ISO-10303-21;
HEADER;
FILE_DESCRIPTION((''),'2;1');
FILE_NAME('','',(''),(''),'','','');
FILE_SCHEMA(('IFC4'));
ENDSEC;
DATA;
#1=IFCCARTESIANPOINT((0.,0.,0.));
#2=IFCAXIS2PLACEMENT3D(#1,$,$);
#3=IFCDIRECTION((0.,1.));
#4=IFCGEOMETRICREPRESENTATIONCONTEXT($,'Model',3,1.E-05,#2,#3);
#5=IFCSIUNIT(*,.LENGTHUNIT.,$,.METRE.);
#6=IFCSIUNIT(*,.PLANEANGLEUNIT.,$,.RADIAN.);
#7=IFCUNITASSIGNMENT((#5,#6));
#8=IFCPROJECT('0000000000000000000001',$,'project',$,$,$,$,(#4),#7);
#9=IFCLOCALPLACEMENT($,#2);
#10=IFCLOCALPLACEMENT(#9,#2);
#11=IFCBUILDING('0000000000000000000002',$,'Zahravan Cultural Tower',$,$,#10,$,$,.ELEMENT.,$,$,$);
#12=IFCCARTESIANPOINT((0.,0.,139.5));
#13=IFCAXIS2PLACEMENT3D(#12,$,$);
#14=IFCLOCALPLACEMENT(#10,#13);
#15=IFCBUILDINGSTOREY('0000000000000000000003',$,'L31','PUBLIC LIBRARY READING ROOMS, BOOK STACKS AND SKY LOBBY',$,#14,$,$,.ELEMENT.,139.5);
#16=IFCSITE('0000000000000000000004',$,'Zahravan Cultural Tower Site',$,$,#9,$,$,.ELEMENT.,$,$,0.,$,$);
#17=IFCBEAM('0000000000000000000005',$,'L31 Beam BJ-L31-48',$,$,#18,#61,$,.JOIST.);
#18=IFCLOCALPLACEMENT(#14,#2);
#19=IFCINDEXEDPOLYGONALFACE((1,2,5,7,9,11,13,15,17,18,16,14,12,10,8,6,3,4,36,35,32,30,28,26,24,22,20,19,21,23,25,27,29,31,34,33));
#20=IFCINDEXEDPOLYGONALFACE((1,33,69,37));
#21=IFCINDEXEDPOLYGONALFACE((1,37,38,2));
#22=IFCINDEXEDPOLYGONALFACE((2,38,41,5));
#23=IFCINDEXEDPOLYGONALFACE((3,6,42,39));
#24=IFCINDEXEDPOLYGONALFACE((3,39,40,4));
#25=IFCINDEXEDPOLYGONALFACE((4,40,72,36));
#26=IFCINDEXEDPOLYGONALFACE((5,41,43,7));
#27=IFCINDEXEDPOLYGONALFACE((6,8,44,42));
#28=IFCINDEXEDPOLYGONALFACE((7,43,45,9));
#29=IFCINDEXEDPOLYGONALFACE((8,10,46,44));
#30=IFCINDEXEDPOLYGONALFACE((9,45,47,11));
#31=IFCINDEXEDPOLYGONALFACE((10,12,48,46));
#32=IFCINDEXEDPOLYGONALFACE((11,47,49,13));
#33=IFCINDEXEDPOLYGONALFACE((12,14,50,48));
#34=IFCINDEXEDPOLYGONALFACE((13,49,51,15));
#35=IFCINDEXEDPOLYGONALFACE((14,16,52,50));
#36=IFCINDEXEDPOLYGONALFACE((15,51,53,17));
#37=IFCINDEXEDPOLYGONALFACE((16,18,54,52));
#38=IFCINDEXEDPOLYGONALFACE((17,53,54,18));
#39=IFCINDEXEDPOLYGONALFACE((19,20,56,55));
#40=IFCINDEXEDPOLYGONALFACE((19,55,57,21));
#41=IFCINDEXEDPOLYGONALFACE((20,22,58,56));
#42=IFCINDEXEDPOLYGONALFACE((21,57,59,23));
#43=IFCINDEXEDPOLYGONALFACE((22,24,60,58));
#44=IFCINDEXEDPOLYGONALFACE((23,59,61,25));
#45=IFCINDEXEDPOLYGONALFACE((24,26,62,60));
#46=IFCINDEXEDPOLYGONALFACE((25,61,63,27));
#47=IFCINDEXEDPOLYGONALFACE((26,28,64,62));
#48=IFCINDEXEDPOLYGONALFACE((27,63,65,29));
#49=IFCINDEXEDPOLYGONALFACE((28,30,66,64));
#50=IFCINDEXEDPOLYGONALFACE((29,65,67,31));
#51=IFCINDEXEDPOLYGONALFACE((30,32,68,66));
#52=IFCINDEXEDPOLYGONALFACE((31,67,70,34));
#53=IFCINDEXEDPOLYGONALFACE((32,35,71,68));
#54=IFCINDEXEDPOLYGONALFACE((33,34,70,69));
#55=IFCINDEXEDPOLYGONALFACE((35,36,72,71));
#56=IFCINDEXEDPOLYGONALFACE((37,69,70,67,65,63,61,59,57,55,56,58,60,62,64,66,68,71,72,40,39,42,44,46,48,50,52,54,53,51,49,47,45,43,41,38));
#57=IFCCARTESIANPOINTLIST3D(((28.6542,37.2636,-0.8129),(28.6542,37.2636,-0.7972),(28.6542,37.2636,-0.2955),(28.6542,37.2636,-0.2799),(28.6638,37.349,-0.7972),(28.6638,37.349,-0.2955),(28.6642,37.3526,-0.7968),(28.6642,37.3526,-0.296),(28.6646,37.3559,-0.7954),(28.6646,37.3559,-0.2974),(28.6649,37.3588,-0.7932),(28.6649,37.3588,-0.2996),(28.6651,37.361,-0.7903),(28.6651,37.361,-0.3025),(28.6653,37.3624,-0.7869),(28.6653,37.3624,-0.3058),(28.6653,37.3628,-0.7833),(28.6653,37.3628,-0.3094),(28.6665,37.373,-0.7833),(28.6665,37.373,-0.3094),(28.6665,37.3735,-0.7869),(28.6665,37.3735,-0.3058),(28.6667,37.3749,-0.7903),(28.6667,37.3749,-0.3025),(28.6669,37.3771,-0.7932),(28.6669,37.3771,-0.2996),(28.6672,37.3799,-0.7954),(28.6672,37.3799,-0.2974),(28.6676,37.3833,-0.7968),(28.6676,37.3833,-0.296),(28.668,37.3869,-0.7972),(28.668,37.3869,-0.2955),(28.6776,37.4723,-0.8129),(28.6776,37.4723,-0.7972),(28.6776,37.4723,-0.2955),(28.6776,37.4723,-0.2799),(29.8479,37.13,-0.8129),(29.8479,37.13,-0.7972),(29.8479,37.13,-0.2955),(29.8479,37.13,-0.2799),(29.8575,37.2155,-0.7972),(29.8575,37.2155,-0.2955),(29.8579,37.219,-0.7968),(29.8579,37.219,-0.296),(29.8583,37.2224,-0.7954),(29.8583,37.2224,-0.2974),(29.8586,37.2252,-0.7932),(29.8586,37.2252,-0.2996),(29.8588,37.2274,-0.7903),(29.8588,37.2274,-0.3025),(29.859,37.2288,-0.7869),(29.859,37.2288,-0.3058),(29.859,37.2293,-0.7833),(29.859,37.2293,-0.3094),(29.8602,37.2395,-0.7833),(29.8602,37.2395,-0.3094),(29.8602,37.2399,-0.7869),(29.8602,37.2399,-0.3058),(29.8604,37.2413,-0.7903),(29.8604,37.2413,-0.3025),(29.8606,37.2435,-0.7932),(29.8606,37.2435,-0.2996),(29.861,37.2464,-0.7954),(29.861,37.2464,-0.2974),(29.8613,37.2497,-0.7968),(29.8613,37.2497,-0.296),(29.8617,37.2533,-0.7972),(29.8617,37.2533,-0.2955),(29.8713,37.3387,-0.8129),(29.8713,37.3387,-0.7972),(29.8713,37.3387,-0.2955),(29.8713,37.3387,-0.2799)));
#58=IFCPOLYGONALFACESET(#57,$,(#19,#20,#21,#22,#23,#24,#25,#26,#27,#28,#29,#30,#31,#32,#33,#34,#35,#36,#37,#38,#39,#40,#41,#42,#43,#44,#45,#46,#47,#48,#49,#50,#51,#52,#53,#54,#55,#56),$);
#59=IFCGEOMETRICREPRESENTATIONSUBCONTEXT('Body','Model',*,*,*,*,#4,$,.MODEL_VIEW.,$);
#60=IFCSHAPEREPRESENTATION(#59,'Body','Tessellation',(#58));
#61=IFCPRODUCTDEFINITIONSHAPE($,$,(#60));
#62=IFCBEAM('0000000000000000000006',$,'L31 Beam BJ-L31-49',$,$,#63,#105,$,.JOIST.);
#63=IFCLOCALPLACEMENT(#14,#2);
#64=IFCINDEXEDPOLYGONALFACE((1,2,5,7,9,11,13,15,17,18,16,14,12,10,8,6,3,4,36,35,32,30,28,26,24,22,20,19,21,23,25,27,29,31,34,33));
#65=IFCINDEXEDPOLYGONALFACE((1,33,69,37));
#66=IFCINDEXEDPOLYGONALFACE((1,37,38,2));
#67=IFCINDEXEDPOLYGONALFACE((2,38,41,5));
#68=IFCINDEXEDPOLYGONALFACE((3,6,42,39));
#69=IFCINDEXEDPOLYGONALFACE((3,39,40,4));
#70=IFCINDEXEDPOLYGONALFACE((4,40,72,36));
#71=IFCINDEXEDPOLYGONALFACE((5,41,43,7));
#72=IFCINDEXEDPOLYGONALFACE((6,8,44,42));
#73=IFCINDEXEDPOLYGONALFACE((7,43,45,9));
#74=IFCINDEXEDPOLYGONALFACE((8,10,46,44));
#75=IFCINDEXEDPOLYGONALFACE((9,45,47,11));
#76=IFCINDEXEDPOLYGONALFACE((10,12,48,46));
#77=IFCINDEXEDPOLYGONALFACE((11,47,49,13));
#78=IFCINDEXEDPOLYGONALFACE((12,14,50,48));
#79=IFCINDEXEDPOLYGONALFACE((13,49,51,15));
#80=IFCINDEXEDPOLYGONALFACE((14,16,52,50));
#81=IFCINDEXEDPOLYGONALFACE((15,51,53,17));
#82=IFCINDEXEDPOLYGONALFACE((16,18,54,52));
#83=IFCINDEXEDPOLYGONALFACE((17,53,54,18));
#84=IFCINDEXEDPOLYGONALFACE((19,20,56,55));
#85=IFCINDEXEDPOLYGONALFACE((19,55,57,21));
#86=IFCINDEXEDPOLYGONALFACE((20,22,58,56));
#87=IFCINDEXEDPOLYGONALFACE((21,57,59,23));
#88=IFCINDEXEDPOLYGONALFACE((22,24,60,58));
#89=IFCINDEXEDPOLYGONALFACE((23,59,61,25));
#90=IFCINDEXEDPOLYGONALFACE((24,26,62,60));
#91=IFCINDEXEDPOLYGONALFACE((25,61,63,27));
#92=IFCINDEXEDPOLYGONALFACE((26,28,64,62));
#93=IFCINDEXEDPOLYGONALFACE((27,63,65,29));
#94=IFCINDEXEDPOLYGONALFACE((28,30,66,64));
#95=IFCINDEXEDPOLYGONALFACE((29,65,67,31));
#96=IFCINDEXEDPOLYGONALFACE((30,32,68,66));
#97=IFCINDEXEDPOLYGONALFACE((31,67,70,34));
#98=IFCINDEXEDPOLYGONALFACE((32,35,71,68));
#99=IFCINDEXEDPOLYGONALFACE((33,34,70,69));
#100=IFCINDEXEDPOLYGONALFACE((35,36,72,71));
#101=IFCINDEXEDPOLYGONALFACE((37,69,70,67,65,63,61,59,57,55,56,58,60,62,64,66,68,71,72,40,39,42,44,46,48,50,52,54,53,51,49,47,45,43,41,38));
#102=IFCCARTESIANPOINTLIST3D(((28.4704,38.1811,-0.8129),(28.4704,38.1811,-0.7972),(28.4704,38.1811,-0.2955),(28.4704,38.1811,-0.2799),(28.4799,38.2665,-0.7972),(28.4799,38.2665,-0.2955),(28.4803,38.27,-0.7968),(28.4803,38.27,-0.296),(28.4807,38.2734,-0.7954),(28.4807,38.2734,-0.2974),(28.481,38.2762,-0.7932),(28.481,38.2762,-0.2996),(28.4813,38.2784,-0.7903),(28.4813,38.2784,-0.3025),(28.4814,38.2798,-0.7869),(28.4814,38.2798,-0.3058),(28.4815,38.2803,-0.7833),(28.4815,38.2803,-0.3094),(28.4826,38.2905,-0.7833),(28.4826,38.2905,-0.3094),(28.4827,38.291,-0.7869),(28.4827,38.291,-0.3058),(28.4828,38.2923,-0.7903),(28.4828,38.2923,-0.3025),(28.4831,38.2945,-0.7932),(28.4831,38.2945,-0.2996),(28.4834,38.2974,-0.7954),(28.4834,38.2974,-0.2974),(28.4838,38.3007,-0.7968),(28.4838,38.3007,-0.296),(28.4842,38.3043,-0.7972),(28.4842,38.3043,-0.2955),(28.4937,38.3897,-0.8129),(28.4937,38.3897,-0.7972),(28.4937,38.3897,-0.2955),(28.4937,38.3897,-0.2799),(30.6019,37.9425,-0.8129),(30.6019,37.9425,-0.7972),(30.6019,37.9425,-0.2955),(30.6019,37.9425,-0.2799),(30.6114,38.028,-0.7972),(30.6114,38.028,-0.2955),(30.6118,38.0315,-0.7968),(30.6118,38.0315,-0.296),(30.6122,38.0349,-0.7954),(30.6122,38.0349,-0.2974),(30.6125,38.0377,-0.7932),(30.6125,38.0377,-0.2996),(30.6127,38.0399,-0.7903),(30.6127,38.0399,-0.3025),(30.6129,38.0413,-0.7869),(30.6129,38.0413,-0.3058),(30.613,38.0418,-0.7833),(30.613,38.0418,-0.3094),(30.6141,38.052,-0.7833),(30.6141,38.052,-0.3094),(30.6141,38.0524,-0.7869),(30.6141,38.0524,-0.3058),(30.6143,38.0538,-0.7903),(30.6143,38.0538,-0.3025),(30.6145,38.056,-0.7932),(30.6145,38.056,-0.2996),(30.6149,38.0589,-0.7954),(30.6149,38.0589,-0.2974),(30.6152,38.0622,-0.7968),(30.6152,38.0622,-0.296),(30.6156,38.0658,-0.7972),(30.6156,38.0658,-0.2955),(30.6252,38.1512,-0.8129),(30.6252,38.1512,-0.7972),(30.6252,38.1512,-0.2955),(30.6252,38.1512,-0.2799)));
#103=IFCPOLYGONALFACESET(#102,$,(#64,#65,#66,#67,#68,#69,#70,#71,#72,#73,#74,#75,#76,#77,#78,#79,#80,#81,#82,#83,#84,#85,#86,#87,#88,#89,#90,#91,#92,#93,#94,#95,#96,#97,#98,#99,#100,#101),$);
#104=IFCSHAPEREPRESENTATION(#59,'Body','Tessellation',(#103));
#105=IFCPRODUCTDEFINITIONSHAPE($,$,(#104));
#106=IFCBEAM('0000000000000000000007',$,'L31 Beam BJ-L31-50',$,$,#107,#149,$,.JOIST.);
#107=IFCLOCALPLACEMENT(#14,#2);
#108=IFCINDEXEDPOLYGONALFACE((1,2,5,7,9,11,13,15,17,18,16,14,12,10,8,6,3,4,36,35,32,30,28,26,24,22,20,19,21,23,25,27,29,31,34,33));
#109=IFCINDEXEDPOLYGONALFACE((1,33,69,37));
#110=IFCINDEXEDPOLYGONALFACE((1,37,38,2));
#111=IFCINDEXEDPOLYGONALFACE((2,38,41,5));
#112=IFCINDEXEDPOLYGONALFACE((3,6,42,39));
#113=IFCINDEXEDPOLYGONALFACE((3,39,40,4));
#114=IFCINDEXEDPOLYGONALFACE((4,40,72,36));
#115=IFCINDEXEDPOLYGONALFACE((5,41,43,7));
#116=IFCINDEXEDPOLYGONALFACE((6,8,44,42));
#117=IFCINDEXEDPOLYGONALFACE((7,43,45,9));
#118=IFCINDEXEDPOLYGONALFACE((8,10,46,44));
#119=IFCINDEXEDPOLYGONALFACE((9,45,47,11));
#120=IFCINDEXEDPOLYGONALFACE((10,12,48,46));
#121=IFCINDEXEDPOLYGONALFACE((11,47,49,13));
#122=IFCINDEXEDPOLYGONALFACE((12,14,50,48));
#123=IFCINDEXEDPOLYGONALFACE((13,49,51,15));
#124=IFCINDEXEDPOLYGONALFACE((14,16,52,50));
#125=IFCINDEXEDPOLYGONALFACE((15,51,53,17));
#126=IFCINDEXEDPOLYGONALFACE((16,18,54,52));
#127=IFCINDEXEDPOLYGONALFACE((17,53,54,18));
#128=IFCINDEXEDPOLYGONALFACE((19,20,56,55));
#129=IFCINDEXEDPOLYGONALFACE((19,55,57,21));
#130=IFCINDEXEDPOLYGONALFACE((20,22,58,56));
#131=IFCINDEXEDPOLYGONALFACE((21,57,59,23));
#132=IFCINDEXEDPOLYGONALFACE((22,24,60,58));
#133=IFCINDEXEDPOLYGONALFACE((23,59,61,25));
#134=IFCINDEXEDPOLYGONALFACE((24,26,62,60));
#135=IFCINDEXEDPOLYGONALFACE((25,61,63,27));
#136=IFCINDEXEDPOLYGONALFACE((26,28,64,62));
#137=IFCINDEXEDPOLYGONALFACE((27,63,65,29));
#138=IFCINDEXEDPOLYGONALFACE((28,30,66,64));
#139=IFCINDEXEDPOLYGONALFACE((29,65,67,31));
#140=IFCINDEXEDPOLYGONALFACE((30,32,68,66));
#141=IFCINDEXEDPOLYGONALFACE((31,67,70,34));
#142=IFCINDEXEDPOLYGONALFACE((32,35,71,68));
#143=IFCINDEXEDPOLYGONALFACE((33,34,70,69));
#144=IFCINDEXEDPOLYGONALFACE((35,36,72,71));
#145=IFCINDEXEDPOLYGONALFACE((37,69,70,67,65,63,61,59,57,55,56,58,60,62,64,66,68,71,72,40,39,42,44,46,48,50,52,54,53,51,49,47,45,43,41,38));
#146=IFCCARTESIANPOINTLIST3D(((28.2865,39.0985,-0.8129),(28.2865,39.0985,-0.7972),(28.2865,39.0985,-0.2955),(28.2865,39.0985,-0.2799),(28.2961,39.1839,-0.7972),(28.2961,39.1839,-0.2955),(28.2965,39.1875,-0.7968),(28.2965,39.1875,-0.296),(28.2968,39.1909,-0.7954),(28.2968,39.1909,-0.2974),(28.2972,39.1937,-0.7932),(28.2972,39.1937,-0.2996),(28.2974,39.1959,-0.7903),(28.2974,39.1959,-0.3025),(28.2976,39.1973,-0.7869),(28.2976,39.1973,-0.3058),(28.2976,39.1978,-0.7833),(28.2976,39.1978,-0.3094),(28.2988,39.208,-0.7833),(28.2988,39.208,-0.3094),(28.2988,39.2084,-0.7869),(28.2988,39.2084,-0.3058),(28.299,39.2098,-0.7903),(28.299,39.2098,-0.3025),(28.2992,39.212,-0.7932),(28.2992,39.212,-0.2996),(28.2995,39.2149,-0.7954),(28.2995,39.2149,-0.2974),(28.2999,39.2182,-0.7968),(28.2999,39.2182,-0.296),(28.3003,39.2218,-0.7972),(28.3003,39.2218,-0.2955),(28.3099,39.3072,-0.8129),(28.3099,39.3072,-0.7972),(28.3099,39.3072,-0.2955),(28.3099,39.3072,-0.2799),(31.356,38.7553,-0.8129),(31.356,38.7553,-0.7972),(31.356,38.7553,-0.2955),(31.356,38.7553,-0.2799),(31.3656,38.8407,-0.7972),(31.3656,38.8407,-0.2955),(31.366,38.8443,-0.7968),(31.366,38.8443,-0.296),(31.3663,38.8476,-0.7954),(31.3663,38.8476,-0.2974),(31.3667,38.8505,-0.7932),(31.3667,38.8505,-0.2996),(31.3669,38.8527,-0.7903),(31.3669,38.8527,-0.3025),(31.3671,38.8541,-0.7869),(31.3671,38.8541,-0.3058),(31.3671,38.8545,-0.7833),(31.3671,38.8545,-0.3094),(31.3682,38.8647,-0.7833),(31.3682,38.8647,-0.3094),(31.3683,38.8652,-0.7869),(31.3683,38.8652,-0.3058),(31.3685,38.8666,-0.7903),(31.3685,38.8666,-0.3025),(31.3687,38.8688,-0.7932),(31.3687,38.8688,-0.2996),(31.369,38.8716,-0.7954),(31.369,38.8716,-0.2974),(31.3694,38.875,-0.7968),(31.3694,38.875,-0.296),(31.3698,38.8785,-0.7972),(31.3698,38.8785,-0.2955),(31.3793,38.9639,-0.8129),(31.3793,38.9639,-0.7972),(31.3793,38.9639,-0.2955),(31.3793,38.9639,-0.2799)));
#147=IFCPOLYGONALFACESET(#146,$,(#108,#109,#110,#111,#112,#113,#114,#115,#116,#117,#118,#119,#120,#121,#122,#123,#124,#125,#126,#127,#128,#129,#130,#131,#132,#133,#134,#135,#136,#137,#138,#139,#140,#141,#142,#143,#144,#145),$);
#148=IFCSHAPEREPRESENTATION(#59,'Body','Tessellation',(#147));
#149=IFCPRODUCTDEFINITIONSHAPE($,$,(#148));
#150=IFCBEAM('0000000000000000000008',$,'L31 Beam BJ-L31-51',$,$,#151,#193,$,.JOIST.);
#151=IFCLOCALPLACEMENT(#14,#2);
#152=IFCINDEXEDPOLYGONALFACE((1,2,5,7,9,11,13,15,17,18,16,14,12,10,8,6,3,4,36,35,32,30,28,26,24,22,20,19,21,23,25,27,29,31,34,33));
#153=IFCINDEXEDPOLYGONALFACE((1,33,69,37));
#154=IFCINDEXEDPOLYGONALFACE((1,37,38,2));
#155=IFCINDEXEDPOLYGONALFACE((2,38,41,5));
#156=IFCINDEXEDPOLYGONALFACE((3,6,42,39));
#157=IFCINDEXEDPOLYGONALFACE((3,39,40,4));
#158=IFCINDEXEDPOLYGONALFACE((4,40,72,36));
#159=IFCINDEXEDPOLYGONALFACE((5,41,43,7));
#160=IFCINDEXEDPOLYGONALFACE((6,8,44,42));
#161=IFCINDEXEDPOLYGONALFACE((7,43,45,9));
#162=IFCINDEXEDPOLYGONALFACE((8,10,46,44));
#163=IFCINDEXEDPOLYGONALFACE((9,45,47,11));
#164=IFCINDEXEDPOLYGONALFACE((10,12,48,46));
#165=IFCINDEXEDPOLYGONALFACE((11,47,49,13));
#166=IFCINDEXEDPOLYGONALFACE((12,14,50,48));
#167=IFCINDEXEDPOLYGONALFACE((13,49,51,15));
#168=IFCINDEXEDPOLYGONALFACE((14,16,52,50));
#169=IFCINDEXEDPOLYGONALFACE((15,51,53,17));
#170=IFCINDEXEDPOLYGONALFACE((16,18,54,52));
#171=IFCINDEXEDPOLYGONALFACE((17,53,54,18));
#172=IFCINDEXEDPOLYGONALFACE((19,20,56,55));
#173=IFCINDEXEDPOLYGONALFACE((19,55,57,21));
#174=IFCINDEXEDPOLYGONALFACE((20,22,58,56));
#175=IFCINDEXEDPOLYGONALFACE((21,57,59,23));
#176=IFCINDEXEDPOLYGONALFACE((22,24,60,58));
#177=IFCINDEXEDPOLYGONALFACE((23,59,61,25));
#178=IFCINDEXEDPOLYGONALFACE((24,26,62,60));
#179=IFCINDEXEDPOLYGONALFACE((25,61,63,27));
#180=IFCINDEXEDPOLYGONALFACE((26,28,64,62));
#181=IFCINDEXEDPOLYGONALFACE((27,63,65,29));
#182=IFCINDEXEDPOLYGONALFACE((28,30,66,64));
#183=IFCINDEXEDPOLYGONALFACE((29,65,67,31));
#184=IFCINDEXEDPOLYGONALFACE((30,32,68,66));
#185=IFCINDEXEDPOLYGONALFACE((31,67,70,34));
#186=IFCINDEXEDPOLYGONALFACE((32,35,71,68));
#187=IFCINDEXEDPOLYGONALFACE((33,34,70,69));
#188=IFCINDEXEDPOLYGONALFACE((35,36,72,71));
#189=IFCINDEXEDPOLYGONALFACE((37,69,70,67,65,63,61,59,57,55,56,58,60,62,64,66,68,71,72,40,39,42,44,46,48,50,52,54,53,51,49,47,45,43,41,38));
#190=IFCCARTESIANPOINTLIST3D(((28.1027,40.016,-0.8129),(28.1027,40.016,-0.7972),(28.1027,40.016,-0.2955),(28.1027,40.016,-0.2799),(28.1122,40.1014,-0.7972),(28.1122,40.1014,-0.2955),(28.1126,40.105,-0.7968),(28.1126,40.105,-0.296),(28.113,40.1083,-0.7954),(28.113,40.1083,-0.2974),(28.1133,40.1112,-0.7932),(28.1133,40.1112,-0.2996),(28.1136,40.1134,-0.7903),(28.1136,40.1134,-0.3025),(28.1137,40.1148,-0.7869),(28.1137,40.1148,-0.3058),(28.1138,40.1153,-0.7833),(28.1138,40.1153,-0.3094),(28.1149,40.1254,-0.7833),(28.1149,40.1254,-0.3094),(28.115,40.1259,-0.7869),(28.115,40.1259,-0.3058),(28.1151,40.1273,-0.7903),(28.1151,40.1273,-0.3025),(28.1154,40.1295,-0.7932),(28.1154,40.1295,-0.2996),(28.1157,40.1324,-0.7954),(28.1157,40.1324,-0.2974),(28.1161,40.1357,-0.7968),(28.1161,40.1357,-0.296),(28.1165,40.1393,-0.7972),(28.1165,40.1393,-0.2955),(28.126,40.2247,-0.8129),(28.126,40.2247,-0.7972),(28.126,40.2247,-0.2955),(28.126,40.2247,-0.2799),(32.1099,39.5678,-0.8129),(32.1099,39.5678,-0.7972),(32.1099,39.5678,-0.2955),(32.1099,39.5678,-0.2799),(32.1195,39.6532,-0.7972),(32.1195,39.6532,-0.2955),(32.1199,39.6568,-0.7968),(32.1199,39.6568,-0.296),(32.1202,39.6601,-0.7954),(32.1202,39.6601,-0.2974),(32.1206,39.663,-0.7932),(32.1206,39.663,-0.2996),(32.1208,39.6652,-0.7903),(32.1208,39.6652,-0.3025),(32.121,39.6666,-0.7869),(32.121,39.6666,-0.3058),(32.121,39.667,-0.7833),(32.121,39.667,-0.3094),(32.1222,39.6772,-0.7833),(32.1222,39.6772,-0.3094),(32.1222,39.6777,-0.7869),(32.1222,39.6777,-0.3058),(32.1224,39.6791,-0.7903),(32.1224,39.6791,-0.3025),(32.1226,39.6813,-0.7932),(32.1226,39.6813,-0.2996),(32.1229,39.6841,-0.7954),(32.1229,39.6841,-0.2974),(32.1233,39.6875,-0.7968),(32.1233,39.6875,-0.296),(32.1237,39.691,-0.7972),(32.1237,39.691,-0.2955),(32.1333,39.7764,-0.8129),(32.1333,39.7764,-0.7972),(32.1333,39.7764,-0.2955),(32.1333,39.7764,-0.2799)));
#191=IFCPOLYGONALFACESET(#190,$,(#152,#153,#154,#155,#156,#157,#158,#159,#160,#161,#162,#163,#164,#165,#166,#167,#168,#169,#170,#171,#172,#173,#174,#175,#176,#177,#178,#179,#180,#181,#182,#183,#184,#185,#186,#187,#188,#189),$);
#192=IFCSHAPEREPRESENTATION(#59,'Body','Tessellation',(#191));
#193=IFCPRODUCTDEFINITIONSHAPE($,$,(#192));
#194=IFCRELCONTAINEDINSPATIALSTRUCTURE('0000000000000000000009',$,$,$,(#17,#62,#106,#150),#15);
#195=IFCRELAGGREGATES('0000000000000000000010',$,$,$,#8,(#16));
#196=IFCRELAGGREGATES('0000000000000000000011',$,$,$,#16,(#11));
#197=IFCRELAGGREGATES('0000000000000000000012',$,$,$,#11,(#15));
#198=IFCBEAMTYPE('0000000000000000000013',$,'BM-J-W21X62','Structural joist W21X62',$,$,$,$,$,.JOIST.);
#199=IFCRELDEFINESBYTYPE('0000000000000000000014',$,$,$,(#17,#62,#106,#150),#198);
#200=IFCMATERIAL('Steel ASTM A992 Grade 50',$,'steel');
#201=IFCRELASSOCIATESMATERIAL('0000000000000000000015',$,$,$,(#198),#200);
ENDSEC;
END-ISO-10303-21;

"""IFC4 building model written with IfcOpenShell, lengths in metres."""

from ifc_helpers import new_model, si_unit, direction, frame, origin, origin_2d, place, context, subcontext, project, spatial, i_section, extrude, source, transform, mapped, material, material_profile, profile_set, type_object, element, save


model = new_model("IFC4")

# Units and contexts
model_context = context("Model", 3, precision=1e-05, world=origin(), true_north=direction((0.0, 1.0)))
body_context = subcontext(model_context, "Body", "Model", "MODEL_VIEW")
ifc_project = project(units=[si_unit("LENGTHUNIT", "METRE"), si_unit("PLANEANGLEUNIT", "RADIAN")], contexts=[model_context])

# Site, building, storey
site_placement = place(None, origin())
site = spatial("IfcSite", under=ifc_project, at=site_placement, Name="Zahravan Cultural Tower Site", CompositionType="ELEMENT", RefElevation=0.0)
building_placement = place(site_placement, origin())
building = spatial("IfcBuilding", under=site, at=building_placement, Name="Zahravan Cultural Tower", CompositionType="ELEMENT")
storey_placement = place(building_placement, frame((0.0, 0.0, 139.5)))
storey = spatial("IfcBuildingStorey", under=building, at=storey_placement, Name="L31", Description="PUBLIC LIBRARY READING ROOMS, BOOK STACKS AND SKY LOBBY", CompositionType="ELEMENT", Elevation=139.5)

# Shared definitions
ifc_material_1 = material(Name="Steel ASTM A992 Grade 50", Category="steel")

# Beams
ifc_material_profile_1 = material_profile(ifc_material_1, i_section(OverallWidth=0.21, OverallDepth=0.533, WebThickness=0.0103, FlangeThickness=0.0156, FilletRadius=0.0139, at=origin_2d()), Name="W21X62")
ifc_profile_set_1 = profile_set([ifc_material_profile_1], Name="Steel ASTM A992 Grade 50")
beam_type_1 = type_object("IfcBeamType", Name="BM-J-W21X62", Description="Structural joist W21X62", PredefinedType="JOIST", material=ifc_profile_set_1)
shared_shape_1 = source(origin(), body_context, "Body", "SweptSolid", [
    extrude(i_section(OverallWidth=0.21, OverallDepth=0.533, WebThickness=0.0103, FlangeThickness=0.0156, FilletRadius=0.0139, at=origin_2d()), origin(), (0.0, 0.0, 1.0), 1.2012),
])
beam_1_placement = place(storey_placement, frame((29.8596, 37.2344, -0.5464), z_axis=(-0.993799, 0.11119, 0.0), x_axis=(-0.11119, -0.993799, 0.0)))
element("IfcBeam", 1, at=beam_1_placement, inside=storey, type_object=beam_type_1, Name="L31 Beam BJ-L31-48", PredefinedType="JOIST", context=body_context, shape_type="MappedRepresentation", body=[
    mapped(shared_shape_1, transform((0.0, 0.0, 0.0), x_axis=(1.0, 0.0, 0.0), y_axis=(0.0, 1.0, 0.0), z_axis=(0.0, 0.0, 1.0), scale=1.0)),
])
shared_shape_2 = source(origin(), body_context, "Body", "SweptSolid", [
    extrude(i_section(OverallWidth=0.21, OverallDepth=0.533, WebThickness=0.0103, FlangeThickness=0.0156, FilletRadius=0.0139, at=origin_2d()), origin(), (0.0, 0.0, 1.0), 2.1448),
])
beam_2_placement = place(storey_placement, frame((30.6135, 38.0469, -0.5464), z_axis=(-0.993797, 0.111206, 0.0), x_axis=(-0.111206, -0.993797, 0.0)))
element("IfcBeam", 2, at=beam_2_placement, inside=storey, type_object=beam_type_1, Name="L31 Beam BJ-L31-49", PredefinedType="JOIST", context=body_context, shape_type="MappedRepresentation", body=[
    mapped(shared_shape_2, transform((0.0, 0.0, 0.0), x_axis=(1.0, 0.0, 0.0), y_axis=(0.0, 1.0, 0.0), z_axis=(0.0, 0.0, 1.0), scale=1.0)),
])
shared_shape_3 = source(origin(), body_context, "Body", "SweptSolid", [
    extrude(i_section(OverallWidth=0.21, OverallDepth=0.533, WebThickness=0.0103, FlangeThickness=0.0156, FilletRadius=0.0139, at=origin_2d()), origin(), (0.0, 0.0, 1.0), 3.0886),
])
beam_3_placement = place(storey_placement, frame((31.3677, 38.8596, -0.5464), z_axis=(-0.993805, 0.111134, 0.0), x_axis=(-0.111134, -0.993805, 0.0)))
element("IfcBeam", 3, at=beam_3_placement, inside=storey, type_object=beam_type_1, Name="L31 Beam BJ-L31-50", PredefinedType="JOIST", context=body_context, shape_type="MappedRepresentation", body=[
    mapped(shared_shape_3, transform((0.0, 0.0, 0.0), x_axis=(1.0, 0.0, 0.0), y_axis=(0.0, 1.0, 0.0), z_axis=(0.0, 0.0, 1.0), scale=1.0)),
])
shared_shape_4 = source(origin(), body_context, "Body", "SweptSolid", [
    extrude(i_section(OverallWidth=0.21, OverallDepth=0.533, WebThickness=0.0103, FlangeThickness=0.0156, FilletRadius=0.0139, at=origin_2d()), origin(), (0.0, 0.0, 1.0), 4.0322),
])
beam_4_placement = place(storey_placement, frame((32.1216, 39.6721, -0.5464), z_axis=(-0.993802, 0.111162, 0.0), x_axis=(-0.111162, -0.993802, 0.0)))
element("IfcBeam", 4, at=beam_4_placement, inside=storey, type_object=beam_type_1, Name="L31 Beam BJ-L31-51", PredefinedType="JOIST", context=body_context, shape_type="MappedRepresentation", body=[
    mapped(shared_shape_4, transform((0.0, 0.0, 0.0), x_axis=(1.0, 0.0, 0.0), y_axis=(0.0, 1.0, 0.0), z_axis=(0.0, 0.0, 1.0), scale=1.0)),
])

save(model, "model.ifc")
